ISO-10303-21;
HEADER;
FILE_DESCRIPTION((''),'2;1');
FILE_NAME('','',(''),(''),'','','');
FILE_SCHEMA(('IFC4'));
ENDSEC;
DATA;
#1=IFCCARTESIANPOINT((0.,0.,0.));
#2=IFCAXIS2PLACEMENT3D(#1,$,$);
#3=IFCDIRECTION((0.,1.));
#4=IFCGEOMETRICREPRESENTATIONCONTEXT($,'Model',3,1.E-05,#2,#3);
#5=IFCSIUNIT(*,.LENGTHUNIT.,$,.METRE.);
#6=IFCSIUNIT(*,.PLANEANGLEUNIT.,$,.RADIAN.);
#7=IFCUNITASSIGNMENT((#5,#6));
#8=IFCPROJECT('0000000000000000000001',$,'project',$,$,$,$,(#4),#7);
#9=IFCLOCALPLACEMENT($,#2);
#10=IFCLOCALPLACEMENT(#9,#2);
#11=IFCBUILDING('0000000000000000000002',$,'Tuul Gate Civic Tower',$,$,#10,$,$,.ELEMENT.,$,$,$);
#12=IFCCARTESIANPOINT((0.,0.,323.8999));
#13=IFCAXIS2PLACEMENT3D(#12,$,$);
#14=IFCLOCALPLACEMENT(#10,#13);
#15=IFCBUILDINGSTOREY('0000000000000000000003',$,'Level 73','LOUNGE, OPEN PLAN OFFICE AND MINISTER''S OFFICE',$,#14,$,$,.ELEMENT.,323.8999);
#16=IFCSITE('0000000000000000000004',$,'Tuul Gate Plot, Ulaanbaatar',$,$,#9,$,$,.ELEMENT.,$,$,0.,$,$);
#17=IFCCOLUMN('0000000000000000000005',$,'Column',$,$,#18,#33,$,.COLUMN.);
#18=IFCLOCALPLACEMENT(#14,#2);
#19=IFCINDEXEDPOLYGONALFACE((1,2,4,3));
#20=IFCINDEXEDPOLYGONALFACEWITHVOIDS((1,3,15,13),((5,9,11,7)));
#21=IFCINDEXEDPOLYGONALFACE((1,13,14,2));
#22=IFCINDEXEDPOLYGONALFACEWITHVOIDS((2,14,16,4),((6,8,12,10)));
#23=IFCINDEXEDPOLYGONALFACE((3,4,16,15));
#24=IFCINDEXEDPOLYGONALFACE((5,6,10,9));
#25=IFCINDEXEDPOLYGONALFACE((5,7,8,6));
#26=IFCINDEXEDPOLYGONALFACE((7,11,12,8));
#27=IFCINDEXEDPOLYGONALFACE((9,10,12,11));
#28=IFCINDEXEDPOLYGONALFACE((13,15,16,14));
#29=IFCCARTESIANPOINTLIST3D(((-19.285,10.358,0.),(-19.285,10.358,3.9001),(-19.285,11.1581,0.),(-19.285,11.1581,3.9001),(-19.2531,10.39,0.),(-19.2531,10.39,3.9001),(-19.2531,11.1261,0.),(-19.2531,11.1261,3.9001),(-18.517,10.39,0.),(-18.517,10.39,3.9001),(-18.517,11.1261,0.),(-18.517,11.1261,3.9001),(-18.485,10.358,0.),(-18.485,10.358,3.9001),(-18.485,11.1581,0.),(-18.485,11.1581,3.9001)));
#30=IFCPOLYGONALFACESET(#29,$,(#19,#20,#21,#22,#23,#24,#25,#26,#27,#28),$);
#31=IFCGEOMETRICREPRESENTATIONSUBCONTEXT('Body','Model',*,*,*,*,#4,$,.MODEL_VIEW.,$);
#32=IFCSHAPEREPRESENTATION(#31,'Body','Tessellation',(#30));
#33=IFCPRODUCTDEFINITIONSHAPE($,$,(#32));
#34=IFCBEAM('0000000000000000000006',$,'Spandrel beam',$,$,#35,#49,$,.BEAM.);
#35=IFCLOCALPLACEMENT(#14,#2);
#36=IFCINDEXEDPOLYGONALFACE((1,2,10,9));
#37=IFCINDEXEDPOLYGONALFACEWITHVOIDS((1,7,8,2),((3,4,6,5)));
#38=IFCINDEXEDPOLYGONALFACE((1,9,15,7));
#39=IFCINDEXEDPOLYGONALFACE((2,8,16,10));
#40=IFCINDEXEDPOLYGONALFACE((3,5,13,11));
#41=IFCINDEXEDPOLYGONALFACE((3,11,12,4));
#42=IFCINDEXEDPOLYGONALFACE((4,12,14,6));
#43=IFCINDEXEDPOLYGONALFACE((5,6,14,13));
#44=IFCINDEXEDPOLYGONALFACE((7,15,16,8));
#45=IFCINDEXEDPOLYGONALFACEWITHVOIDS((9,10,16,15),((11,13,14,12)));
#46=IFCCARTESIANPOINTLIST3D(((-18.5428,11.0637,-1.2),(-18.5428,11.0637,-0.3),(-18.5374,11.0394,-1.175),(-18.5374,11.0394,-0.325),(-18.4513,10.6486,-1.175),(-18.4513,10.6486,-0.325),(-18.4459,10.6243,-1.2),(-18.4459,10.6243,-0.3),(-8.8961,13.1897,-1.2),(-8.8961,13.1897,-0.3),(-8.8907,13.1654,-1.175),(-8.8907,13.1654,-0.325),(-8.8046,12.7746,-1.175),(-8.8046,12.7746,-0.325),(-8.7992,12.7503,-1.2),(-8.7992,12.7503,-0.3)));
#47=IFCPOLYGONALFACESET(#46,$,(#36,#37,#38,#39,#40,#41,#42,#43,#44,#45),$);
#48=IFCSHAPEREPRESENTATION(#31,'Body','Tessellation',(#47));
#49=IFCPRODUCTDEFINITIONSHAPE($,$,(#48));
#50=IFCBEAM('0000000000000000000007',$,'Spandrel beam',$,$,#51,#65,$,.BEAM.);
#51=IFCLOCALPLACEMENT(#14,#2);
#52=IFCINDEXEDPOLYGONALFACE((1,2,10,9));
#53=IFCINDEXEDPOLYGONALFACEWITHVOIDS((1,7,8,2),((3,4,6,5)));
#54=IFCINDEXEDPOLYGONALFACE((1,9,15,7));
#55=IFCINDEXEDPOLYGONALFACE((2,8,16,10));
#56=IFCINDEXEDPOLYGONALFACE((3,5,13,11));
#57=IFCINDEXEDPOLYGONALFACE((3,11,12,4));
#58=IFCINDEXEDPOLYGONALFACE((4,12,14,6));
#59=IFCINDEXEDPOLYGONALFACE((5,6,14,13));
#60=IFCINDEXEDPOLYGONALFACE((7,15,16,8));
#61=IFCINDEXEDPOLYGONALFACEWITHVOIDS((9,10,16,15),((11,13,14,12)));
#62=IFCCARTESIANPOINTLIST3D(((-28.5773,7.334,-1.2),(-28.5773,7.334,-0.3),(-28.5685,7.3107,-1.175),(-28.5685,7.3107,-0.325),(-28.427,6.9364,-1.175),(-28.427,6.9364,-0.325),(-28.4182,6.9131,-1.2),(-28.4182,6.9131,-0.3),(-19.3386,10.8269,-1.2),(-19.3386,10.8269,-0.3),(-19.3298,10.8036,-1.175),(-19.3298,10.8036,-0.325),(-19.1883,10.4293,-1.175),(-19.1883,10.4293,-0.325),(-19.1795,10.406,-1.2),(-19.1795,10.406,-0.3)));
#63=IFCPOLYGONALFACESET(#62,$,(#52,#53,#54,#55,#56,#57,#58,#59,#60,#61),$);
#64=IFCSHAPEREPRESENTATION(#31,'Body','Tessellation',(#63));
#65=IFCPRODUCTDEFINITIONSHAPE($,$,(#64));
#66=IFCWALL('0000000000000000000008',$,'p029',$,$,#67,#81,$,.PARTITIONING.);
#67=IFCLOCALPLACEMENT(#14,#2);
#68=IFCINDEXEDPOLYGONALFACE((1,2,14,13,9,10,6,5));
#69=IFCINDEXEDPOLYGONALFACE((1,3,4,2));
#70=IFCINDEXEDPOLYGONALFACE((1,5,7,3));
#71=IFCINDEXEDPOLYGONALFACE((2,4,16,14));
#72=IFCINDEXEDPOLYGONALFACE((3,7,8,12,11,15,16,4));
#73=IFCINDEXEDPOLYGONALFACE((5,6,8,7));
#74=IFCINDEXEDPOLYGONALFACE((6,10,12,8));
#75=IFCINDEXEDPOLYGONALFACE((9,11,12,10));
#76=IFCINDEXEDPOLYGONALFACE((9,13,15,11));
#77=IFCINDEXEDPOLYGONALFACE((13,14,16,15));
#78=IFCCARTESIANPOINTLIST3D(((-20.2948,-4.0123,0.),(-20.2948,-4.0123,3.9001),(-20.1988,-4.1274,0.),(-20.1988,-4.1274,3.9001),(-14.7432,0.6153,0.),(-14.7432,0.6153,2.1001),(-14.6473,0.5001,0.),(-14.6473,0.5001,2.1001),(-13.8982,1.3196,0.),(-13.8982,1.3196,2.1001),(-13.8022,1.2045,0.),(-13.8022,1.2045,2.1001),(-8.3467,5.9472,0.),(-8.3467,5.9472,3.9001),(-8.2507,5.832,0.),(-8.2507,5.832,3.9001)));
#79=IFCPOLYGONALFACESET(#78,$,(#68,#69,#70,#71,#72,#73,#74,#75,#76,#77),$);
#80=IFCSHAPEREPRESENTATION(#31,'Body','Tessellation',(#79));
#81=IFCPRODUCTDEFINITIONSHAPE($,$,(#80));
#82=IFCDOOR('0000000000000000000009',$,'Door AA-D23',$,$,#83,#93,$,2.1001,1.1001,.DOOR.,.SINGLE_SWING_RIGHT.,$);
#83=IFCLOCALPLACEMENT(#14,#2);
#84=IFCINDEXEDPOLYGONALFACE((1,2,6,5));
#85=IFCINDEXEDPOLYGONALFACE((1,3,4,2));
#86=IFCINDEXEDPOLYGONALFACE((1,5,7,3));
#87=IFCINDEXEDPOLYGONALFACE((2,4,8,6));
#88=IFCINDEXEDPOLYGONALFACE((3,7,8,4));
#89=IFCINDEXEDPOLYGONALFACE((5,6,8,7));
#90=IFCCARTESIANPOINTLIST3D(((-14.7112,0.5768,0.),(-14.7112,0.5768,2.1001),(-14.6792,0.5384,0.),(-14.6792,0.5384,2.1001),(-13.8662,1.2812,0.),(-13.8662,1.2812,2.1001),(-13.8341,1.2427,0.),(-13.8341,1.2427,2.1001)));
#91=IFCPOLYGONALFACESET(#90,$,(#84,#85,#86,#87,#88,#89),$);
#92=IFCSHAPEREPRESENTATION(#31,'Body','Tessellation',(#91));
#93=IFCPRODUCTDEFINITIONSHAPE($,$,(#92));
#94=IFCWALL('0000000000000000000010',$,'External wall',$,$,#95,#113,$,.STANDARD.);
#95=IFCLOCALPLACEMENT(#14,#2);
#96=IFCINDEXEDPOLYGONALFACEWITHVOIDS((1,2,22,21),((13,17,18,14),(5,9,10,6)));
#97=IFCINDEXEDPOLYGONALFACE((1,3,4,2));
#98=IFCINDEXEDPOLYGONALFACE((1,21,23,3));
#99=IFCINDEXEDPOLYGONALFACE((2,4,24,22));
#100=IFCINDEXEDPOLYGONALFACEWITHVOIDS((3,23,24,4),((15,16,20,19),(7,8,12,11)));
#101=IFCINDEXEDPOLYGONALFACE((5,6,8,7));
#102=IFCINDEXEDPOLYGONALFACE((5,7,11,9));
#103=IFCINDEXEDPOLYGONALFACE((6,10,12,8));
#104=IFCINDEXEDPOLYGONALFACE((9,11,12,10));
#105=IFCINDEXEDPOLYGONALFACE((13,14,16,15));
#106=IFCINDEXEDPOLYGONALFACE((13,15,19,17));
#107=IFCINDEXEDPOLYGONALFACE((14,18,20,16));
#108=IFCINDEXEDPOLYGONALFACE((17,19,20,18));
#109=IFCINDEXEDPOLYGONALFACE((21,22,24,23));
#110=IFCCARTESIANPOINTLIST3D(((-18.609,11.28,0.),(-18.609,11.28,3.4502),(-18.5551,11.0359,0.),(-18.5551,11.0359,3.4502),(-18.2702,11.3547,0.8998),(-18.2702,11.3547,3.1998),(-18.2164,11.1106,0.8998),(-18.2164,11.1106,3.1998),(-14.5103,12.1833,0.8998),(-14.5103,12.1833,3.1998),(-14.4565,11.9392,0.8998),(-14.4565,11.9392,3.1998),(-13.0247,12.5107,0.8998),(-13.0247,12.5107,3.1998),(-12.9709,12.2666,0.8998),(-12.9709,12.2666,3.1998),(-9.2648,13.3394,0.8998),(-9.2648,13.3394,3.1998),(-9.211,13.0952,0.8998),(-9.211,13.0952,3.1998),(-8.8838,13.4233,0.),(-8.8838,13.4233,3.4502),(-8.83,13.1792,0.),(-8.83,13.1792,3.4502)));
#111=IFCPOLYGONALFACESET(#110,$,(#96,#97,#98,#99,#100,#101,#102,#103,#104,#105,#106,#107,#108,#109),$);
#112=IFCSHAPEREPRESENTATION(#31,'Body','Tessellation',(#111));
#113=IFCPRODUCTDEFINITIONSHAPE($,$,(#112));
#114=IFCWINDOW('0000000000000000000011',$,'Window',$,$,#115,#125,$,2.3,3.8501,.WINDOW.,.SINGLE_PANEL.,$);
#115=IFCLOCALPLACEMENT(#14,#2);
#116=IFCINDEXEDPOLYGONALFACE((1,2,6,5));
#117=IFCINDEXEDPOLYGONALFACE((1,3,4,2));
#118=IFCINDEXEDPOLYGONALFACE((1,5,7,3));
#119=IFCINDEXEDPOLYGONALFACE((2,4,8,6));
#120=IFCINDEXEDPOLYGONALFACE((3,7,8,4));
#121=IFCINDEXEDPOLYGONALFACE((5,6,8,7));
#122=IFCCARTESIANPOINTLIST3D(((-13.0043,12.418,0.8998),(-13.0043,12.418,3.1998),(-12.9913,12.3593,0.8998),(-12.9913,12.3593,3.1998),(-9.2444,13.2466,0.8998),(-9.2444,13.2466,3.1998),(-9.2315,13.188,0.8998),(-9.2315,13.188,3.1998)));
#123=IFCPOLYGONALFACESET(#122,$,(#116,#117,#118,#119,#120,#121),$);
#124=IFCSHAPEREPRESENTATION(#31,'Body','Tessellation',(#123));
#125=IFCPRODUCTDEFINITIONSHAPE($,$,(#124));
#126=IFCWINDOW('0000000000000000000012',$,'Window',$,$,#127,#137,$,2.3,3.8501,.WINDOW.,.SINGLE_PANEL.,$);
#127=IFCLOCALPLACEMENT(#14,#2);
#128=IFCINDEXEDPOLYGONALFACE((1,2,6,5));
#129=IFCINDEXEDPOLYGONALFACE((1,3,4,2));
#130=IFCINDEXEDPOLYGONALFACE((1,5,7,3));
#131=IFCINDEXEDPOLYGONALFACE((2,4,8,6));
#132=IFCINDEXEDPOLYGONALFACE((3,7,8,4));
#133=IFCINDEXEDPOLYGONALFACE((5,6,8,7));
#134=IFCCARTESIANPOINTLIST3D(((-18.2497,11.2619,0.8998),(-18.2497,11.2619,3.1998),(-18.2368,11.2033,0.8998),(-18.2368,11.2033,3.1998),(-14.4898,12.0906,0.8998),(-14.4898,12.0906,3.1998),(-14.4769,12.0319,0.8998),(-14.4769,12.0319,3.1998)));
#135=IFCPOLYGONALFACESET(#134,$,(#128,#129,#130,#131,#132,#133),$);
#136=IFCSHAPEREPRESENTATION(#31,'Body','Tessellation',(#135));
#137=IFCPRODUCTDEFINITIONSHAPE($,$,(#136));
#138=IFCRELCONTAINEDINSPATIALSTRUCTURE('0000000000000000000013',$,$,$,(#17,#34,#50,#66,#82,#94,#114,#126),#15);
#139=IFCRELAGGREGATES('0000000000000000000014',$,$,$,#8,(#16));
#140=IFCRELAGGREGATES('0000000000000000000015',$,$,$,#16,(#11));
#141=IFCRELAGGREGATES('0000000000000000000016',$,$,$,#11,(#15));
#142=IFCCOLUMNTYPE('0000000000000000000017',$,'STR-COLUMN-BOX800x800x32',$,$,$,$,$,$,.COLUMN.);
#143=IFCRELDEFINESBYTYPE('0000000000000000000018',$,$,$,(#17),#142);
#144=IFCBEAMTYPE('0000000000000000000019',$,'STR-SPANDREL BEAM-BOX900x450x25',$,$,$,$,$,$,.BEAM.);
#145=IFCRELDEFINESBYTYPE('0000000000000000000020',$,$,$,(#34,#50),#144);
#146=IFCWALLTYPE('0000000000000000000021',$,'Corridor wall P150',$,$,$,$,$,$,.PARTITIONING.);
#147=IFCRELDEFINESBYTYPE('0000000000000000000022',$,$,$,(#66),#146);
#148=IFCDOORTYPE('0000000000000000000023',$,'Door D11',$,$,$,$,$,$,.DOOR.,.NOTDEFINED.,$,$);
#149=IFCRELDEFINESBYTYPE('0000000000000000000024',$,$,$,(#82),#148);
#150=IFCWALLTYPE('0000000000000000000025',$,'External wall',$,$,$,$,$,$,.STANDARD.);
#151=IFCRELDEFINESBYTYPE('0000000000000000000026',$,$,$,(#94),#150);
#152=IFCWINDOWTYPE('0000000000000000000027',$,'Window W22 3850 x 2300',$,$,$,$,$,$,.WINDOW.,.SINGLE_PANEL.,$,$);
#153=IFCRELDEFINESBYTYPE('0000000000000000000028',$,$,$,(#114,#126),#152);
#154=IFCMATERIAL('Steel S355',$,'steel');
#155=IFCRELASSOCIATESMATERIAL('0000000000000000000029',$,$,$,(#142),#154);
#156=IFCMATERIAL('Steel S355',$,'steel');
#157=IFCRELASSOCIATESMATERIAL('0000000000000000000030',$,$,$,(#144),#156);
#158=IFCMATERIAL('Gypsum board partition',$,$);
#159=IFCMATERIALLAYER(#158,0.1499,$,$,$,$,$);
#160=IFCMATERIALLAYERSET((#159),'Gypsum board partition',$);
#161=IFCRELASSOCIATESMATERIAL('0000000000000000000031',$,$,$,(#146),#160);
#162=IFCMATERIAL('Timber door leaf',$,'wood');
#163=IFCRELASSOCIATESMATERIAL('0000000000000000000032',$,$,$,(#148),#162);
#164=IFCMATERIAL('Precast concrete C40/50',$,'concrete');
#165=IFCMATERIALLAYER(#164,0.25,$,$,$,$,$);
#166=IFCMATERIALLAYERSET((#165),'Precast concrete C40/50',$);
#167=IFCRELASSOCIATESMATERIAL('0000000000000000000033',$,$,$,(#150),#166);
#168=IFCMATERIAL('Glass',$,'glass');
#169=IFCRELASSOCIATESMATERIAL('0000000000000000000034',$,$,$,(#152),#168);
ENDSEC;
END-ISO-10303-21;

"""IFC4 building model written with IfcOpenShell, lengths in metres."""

from ifc_helpers import new_model, si_unit, direction, frame, frame_2d, origin, origin_2d, place, context, subcontext, project, spatial, rectangle, hollow_rectangle, extrude, material, layer, layer_set, material_profile, profile_set, type_object, element, fill, save


model = new_model("IFC4")

# Units and contexts
model_context = context("Model", 3, precision=1e-05, world=origin(), true_north=direction((0.0, 1.0)))
body_context = subcontext(model_context, "Body", "Model", "MODEL_VIEW")
ifc_project = project(units=[si_unit("LENGTHUNIT", "METRE"), si_unit("PLANEANGLEUNIT", "RADIAN")], contexts=[model_context])

# Site, building, storey
site_placement = place(None, origin())
site = spatial("IfcSite", under=ifc_project, at=site_placement, Name="Tuul Gate Plot, Ulaanbaatar", CompositionType="ELEMENT", RefElevation=0.0)
building_placement = place(site_placement, origin())
building = spatial("IfcBuilding", under=site, at=building_placement, Name="Tuul Gate Civic Tower", CompositionType="ELEMENT")
storey_placement = place(building_placement, frame((0.0, 0.0, 323.8999)))
storey = spatial("IfcBuildingStorey", under=building, at=storey_placement, Name="Level 73", Description="LOUNGE, OPEN PLAN OFFICE AND MINISTER'S OFFICE", CompositionType="ELEMENT", Elevation=323.8999)

# Column
ifc_material_1 = material(Name="Steel S355", Category="steel")
ifc_material_profile_1 = material_profile(ifc_material_1, hollow_rectangle(XDim=0.8, YDim=0.8, WallThickness=0.032, at=origin_2d()), Name="BOX800x800x32")
ifc_profile_set_1 = profile_set([ifc_material_profile_1], Name="Steel S355")
column_type = type_object("IfcColumnType", Name="STR-COLUMN-BOX800x800x32", PredefinedType="COLUMN", material=ifc_profile_set_1)
column_placement = place(storey_placement, frame((-18.885, 10.7581, 0.0), z_axis=(0.0, 0.0, 1.0), x_axis=(1.0, 0.0, 0.0)))
element("IfcColumn", 1, at=column_placement, inside=storey, type_object=column_type, Name="Column", PredefinedType="COLUMN", context=body_context, shape_type="SweptSolid", body=[
    extrude(hollow_rectangle(XDim=0.8, YDim=0.8, WallThickness=0.032, at=origin_2d()), origin(), (0.0, 0.0, 1.0), 3.9001),
])

# Beams
ifc_material_2 = material(Name="Steel S355", Category="steel")
ifc_material_profile_2 = material_profile(ifc_material_2, hollow_rectangle(XDim=0.45, YDim=0.8999, WallThickness=0.0249, at=origin_2d()), Name="BOX900x450x25")
ifc_profile_set_2 = profile_set([ifc_material_profile_2], Name="Steel S355")
beam_type = type_object("IfcBeamType", Name="STR-SPANDREL BEAM-BOX900x450x25", PredefinedType="BEAM", material=ifc_profile_set_2)
beam_1_placement = place(storey_placement, frame((-8.8477, 12.97, -0.75), z_axis=(-0.976566, -0.215219, 0.0), x_axis=(0.215219, -0.976566, 0.0)))
element("IfcBeam", 2, at=beam_1_placement, inside=storey, type_object=beam_type, Name="Spandrel beam", PredefinedType="BEAM", context=body_context, shape_type="SweptSolid", body=[
    extrude(hollow_rectangle(XDim=0.45, YDim=0.8999, WallThickness=0.0249, at=origin_2d()), origin(), (0.0, 0.0, 1.0), 9.8782),
])
beam_2_placement = place(storey_placement, frame((-19.259, 10.6165, -0.75), z_axis=(-0.935381, -0.353641, 0.0), x_axis=(0.353641, -0.935381, 0.0)))
element("IfcBeam", 3, at=beam_2_placement, inside=storey, type_object=beam_type, Name="Spandrel beam", PredefinedType="BEAM", context=body_context, shape_type="SweptSolid", body=[
    extrude(hollow_rectangle(XDim=0.45, YDim=0.8999, WallThickness=0.0249, at=origin_2d()), origin(), (0.0, 0.0, 1.0), 9.877),
])

# Wall, opening, door
ifc_material_3 = material(Name="Gypsum board partition")
ifc_layer_1 = layer(ifc_material_3, 0.1499)
ifc_layer_set_1 = layer_set([ifc_layer_1], Name="Gypsum board partition")
wall_type_1 = type_object("IfcWallType", Name="Corridor wall P150", PredefinedType="PARTITIONING", material=ifc_layer_set_1)
wall_1_placement = place(storey_placement, frame((-20.2468, -4.0698, 0.0), z_axis=(0.0, 0.0, 1.0), x_axis=(0.768139, 0.640283, 0.0)))
wall_1 = element("IfcWall", 4, at=wall_1_placement, inside=storey, type_object=wall_type_1, Name="p029", PredefinedType="PARTITIONING", context=body_context, shape_type="SweptSolid", body=[
    extrude(rectangle(XDim=15.5547, YDim=0.1499, at=frame_2d((7.7773, 0.0))), origin(), (0.0, 0.0, 1.0), 3.9001),
])
opening_1_placement = place(wall_1_placement, frame((7.2273, 0.0, 0.0)))
opening_1 = element("IfcOpeningElement", 5, at=opening_1_placement, cuts=wall_1, PredefinedType="OPENING", context=body_context, shape_type="SweptSolid", body=[
    extrude(rectangle(XDim=1.1001, YDim=2.1001, at=frame_2d((0.55, 1.05))), frame((0.0, 0.085, 0.0), z_axis=(0.0, -1.0, 0.0), x_axis=(1.0, 0.0, 0.0)), (0.0, 0.0, 1.0), 0.1699),
])
ifc_material_4 = material(Name="Timber door leaf", Category="wood")
door_type = type_object("IfcDoorType", Name="Door D11", OperationType="NOTDEFINED", PredefinedType="DOOR", material=ifc_material_4)
door_placement = place(opening_1_placement, origin())
door = element("IfcDoor", 6, at=door_placement, inside=storey, type_object=door_type, Name="Door AA-D23", OperationType="SINGLE_SWING_RIGHT", OverallHeight=2.1001, OverallWidth=1.1001, PredefinedType="DOOR", context=body_context, shape_type="SweptSolid", body=[
    extrude(rectangle(XDim=1.1001, YDim=2.1001, at=frame_2d((0.55, 1.05))), frame((0.0, 0.0249, 0.0), z_axis=(0.0, -1.0, 0.0), x_axis=(1.0, 0.0, 0.0)), (0.0, 0.0, 1.0), 0.05),
])
fill(opening_1, door)

# Wall, openings, windows
ifc_material_5 = material(Name="Precast concrete C40/50", Category="concrete")
ifc_layer_2 = layer(ifc_material_5, 0.25)
ifc_layer_set_2 = layer_set([ifc_layer_2], Name="Precast concrete C40/50")
wall_type_2 = type_object("IfcWallType", Name="External wall", PredefinedType="STANDARD", material=ifc_layer_set_2)
wall_2_placement = place(storey_placement, frame((-8.8569, 13.3013, 0.0), z_axis=(0.0, 0.0, 1.0), x_axis=(-0.976565, -0.215225, 0.0)))
wall_2 = element("IfcWall", 7, at=wall_2_placement, inside=storey, type_object=wall_type_2, Name="External wall", PredefinedType="STANDARD", context=body_context, shape_type="SweptSolid", body=[
    extrude(rectangle(XDim=9.9585, YDim=0.25, at=frame_2d((4.9792, 0.0))), origin(), (0.0, 0.0, 1.0), 3.4502),
])
opening_2_placement = place(wall_2_placement, frame((0.3901, 0.0, 0.8999)))
opening_2 = element("IfcOpeningElement", 8, at=opening_2_placement, cuts=wall_2, PredefinedType="OPENING", context=body_context, shape_type="SweptSolid", body=[
    extrude(rectangle(XDim=3.8501, YDim=2.3, at=frame_2d((1.925, 1.1499))), frame((0.0, 0.135, 0.0), z_axis=(0.0, -1.0, 0.0), x_axis=(1.0, 0.0, 0.0)), (0.0, 0.0, 1.0), 0.27),
])
opening_3_placement = place(wall_2_placement, frame((5.7615, 0.0, 0.8999)))
opening_3 = element("IfcOpeningElement", 9, at=opening_3_placement, cuts=wall_2, PredefinedType="OPENING", context=body_context, shape_type="SweptSolid", body=[
    extrude(rectangle(XDim=3.8501, YDim=2.3, at=frame_2d((1.925, 1.1499))), frame((0.0, 0.135, 0.0), z_axis=(0.0, -1.0, 0.0), x_axis=(1.0, 0.0, 0.0)), (0.0, 0.0, 1.0), 0.27),
])
ifc_material_6 = material(Name="Glass", Category="glass")
window_type = type_object("IfcWindowType", Name="Window W22 3850 x 2300", PartitioningType="SINGLE_PANEL", PredefinedType="WINDOW", material=ifc_material_6)
window_1_placement = place(opening_2_placement, origin())
window_1 = element("IfcWindow", 10, at=window_1_placement, inside=storey, type_object=window_type, Name="Window", OverallHeight=2.3, OverallWidth=3.8501, PartitioningType="SINGLE_PANEL", PredefinedType="WINDOW", context=body_context, shape_type="SweptSolid", body=[
    extrude(rectangle(XDim=3.8501, YDim=2.3, at=frame_2d((1.925, 1.1499))), frame((0.0, 0.03, 0.0), z_axis=(0.0, -1.0, 0.0), x_axis=(1.0, 0.0, 0.0)), (0.0, 0.0, 1.0), 0.0601),
])
fill(opening_2, window_1)
window_2_placement = place(opening_3_placement, origin())
window_2 = element("IfcWindow", 11, at=window_2_placement, inside=storey, type_object=window_type, Name="Window", OverallHeight=2.3, OverallWidth=3.8501, PartitioningType="SINGLE_PANEL", PredefinedType="WINDOW", context=body_context, shape_type="SweptSolid", body=[
    extrude(rectangle(XDim=3.8501, YDim=2.3, at=frame_2d((1.925, 1.1499))), frame((0.0, 0.03, 0.0), z_axis=(0.0, -1.0, 0.0), x_axis=(1.0, 0.0, 0.0)), (0.0, 0.0, 1.0), 0.0601),
])
fill(opening_3, window_2)

save(model, "model.ifc")
